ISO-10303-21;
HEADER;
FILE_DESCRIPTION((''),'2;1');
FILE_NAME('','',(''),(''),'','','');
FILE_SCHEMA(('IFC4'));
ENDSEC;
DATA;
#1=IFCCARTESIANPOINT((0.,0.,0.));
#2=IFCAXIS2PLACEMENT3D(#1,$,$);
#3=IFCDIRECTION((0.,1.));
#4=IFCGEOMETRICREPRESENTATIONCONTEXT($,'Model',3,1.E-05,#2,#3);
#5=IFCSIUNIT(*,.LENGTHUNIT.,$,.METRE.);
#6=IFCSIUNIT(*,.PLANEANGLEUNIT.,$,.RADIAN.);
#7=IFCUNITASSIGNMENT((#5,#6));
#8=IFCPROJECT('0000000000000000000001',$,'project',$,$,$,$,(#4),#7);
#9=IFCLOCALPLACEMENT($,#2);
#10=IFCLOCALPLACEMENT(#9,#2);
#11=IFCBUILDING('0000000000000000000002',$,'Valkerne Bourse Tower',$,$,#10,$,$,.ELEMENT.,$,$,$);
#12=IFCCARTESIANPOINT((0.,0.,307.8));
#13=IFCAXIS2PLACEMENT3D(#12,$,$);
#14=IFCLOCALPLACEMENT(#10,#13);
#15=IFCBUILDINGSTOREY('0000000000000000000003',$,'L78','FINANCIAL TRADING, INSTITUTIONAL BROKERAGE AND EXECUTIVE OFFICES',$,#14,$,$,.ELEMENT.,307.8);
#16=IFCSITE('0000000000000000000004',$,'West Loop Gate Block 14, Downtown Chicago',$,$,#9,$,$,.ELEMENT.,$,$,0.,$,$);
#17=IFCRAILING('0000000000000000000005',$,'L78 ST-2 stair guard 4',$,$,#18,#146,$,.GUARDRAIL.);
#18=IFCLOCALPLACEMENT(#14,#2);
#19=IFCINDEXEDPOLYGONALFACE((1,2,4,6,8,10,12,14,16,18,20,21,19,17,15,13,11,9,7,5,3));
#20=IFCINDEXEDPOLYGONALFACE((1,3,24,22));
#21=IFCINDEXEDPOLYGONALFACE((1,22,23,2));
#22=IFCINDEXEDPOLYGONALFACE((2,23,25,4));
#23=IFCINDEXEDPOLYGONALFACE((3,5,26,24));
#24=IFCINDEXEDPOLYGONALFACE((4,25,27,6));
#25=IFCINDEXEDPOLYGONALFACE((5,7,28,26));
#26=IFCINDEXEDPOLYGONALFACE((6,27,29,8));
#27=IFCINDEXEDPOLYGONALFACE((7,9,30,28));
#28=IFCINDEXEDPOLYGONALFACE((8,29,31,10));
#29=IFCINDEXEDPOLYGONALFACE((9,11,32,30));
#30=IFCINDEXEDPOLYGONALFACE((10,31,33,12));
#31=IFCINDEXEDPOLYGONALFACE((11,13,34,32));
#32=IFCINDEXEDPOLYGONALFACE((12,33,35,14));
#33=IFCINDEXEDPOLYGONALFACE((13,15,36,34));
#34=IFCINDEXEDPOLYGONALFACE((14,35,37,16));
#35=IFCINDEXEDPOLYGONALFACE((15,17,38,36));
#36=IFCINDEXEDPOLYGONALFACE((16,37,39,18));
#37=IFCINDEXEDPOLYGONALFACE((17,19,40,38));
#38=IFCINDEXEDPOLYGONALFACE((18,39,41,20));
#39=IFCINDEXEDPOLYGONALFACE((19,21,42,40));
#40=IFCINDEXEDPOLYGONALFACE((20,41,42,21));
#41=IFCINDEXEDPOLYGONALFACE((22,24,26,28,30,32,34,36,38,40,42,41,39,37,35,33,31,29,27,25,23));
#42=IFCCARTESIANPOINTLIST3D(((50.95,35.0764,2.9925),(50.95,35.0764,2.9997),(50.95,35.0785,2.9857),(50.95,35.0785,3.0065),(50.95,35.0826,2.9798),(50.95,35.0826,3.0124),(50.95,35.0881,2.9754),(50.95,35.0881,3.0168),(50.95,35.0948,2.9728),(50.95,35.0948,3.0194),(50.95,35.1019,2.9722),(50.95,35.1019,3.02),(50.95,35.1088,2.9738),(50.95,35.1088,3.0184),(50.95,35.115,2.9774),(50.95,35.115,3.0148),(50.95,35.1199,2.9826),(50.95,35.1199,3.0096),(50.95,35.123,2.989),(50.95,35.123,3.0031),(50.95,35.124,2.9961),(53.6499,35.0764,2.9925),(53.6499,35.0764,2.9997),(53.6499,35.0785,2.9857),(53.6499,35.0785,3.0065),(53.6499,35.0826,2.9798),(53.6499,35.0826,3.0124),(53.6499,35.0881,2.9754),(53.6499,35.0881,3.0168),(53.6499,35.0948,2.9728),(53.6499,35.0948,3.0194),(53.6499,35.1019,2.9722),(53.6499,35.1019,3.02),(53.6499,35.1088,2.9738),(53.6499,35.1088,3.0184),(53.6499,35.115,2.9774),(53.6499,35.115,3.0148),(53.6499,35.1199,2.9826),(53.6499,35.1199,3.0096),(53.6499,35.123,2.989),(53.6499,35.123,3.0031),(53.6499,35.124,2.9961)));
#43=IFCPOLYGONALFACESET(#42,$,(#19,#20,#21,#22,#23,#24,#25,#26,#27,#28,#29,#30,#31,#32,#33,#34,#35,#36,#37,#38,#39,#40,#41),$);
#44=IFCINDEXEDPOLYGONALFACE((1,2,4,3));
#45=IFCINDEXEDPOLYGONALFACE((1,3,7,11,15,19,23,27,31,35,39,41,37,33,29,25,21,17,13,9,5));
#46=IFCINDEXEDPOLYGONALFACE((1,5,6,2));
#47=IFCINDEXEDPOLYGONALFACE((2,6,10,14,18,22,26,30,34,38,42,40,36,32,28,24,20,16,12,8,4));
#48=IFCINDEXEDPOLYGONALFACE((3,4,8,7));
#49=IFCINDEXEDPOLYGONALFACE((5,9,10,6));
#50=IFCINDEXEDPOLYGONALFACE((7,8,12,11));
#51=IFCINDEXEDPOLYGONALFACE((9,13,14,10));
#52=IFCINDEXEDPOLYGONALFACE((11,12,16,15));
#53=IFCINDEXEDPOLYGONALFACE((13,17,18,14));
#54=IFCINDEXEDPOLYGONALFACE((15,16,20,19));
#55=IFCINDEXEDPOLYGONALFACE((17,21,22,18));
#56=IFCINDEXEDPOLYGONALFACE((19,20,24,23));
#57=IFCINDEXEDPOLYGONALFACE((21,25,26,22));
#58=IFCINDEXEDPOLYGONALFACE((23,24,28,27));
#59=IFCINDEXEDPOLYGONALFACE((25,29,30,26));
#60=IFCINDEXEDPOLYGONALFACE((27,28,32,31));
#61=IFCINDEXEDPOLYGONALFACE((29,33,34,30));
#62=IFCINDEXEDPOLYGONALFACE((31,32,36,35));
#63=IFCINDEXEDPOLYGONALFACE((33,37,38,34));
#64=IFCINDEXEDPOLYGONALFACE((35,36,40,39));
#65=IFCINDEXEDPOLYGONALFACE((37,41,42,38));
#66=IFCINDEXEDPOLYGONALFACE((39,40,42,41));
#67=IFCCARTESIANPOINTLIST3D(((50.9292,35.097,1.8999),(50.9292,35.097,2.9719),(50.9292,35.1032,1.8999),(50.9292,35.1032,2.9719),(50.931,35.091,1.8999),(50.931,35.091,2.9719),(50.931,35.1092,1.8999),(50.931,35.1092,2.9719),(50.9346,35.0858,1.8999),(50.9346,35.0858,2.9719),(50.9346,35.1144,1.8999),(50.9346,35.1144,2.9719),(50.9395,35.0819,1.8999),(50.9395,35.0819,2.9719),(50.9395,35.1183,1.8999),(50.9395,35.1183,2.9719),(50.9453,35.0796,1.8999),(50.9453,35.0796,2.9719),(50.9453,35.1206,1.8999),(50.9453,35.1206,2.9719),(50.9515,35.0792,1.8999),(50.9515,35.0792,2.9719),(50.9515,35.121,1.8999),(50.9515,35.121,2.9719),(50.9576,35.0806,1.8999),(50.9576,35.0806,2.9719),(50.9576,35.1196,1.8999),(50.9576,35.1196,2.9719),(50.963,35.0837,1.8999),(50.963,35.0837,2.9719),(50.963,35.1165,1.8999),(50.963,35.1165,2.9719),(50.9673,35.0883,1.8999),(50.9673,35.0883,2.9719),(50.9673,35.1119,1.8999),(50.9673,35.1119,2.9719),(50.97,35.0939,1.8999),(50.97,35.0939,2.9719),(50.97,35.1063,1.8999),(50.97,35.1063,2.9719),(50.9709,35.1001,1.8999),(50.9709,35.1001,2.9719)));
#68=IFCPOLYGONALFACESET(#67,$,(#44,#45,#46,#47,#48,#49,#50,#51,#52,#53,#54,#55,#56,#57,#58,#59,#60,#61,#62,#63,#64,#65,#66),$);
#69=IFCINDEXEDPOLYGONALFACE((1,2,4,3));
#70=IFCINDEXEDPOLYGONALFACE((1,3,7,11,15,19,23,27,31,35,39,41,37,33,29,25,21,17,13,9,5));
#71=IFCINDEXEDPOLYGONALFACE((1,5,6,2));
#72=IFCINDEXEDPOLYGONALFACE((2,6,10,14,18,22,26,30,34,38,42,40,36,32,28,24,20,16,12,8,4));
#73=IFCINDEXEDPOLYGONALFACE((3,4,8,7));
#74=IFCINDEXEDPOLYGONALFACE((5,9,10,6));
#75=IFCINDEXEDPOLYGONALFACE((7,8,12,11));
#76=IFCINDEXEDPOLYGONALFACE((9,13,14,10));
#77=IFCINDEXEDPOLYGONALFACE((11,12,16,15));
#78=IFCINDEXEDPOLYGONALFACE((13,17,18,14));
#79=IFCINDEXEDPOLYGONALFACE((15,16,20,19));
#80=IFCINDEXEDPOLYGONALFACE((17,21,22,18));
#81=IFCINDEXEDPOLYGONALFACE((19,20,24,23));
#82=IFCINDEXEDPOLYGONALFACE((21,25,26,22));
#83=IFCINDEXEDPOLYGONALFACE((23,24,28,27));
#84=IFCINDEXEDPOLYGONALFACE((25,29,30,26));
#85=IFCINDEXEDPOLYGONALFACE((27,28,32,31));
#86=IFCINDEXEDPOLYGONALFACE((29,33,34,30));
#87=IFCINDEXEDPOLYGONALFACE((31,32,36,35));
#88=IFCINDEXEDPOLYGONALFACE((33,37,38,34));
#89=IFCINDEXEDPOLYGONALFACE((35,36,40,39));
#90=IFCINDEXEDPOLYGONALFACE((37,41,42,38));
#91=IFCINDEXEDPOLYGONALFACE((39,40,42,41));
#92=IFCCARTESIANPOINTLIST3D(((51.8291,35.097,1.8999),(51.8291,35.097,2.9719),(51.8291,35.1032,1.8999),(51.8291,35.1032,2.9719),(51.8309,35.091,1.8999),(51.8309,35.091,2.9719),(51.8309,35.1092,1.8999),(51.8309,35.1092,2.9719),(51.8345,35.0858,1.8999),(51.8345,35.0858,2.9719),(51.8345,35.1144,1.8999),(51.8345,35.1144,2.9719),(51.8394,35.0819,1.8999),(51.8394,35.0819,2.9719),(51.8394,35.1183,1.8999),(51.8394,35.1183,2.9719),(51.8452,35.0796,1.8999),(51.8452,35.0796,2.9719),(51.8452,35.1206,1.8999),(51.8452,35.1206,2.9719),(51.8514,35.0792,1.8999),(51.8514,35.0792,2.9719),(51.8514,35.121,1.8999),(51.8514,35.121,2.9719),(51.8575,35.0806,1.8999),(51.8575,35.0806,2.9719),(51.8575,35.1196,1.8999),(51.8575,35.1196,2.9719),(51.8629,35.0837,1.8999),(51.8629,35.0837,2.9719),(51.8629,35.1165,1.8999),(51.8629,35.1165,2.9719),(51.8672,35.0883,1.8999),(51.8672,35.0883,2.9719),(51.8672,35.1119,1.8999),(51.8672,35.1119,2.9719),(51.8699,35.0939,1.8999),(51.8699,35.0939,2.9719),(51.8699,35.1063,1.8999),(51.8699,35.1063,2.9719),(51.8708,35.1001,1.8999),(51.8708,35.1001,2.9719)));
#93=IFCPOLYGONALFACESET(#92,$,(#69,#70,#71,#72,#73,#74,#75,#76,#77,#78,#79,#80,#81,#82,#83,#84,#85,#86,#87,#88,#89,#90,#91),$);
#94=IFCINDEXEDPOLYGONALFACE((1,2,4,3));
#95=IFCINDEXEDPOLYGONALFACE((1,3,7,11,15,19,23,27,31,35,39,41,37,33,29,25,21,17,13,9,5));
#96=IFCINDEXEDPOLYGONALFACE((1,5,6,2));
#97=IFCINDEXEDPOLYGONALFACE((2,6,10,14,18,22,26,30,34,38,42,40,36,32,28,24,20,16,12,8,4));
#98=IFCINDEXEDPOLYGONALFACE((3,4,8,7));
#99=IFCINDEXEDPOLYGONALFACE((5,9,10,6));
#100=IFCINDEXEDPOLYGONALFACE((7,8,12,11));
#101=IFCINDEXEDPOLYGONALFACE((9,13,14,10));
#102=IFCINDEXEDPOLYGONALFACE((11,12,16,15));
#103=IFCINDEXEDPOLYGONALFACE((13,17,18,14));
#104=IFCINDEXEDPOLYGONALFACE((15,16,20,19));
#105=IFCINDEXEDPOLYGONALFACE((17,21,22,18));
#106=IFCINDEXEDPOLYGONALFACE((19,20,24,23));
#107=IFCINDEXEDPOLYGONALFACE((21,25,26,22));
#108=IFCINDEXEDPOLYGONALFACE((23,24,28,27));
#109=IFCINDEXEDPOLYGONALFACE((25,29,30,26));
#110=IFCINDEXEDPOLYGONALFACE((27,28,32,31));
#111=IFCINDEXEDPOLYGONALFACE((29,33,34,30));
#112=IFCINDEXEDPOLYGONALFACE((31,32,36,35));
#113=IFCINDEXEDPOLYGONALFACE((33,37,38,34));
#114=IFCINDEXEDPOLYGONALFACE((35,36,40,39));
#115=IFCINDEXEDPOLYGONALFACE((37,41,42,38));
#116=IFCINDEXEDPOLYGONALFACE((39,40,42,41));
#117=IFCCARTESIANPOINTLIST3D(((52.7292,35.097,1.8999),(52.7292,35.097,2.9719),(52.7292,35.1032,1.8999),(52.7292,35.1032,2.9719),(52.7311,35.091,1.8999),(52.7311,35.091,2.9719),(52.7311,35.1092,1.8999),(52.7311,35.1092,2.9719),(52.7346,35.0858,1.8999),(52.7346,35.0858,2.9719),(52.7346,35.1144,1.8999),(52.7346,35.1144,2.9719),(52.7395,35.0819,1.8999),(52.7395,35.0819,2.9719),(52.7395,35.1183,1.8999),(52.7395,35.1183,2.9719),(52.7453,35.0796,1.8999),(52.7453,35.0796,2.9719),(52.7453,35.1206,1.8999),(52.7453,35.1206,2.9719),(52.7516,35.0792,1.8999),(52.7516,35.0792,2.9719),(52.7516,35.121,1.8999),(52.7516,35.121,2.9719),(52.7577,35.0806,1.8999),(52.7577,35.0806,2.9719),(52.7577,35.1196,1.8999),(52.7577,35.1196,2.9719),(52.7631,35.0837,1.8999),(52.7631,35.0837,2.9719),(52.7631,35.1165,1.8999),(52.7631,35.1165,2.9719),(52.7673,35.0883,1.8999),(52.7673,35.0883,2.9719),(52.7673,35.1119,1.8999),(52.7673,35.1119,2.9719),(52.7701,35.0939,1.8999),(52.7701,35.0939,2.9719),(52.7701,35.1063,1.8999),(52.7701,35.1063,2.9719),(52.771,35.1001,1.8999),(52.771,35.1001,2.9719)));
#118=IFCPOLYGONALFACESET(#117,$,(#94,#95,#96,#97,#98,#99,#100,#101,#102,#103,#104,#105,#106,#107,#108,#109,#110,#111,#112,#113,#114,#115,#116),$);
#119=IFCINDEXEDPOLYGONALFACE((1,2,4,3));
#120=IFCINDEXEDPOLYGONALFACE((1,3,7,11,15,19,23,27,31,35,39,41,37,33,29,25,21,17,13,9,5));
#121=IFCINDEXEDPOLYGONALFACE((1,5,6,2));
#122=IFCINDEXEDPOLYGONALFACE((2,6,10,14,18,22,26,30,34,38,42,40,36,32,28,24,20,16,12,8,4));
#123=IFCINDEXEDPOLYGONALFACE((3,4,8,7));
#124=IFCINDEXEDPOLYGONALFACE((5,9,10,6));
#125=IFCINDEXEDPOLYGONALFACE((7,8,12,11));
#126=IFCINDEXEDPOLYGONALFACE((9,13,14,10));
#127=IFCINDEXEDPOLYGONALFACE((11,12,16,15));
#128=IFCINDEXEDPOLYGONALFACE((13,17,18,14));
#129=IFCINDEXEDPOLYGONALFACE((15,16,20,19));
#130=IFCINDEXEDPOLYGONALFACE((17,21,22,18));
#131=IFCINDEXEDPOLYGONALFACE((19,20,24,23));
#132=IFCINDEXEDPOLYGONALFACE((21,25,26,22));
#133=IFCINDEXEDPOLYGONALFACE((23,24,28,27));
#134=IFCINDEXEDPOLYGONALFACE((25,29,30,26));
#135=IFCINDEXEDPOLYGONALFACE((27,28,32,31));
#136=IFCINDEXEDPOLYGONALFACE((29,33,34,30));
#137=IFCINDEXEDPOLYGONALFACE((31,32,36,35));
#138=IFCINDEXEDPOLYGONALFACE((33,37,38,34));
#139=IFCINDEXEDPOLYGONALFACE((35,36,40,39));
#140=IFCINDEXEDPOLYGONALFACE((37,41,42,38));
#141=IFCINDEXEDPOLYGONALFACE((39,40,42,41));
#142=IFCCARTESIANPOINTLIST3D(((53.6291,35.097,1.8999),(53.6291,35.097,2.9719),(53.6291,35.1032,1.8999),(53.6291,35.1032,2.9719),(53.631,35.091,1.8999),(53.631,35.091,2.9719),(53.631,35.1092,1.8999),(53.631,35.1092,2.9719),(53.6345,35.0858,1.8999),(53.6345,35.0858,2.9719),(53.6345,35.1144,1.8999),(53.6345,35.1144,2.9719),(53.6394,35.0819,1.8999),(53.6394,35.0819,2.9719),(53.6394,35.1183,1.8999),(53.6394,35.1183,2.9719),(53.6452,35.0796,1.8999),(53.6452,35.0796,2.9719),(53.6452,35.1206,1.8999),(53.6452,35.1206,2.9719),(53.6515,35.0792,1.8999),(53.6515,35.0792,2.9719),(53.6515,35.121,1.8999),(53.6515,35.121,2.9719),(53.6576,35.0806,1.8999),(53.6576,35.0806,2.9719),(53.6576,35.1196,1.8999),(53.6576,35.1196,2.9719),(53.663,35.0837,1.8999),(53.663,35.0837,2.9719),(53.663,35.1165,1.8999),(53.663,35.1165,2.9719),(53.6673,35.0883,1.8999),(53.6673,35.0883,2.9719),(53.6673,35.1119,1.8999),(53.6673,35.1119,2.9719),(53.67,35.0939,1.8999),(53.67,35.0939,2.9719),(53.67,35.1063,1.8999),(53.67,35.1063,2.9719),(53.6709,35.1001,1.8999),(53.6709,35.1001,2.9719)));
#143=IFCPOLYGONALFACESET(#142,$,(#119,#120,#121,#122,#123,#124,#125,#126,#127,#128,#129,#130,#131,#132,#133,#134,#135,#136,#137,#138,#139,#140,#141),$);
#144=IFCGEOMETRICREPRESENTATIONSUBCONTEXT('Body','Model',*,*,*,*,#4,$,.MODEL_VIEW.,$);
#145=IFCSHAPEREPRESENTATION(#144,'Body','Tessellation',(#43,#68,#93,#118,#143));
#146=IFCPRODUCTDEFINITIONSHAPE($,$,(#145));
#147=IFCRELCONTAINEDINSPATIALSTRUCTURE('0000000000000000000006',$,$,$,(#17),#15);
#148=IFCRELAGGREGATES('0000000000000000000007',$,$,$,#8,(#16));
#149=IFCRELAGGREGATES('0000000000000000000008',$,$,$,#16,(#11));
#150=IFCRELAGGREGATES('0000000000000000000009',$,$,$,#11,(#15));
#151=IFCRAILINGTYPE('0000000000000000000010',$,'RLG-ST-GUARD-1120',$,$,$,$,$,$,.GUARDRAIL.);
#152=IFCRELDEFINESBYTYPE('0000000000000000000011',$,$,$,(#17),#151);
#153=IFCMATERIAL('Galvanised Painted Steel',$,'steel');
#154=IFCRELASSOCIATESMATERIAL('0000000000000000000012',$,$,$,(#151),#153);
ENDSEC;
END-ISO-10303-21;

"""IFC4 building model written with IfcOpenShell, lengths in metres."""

from ifc_helpers import new_model, si_unit, direction, frame, origin, origin_2d, place, context, subcontext, project, spatial, circle, extrude, material, type_object, element, save


model = new_model("IFC4")

# Units and contexts
model_context = context("Model", 3, precision=1e-05, world=origin(), true_north=direction((0.0, 1.0)))
body_context = subcontext(model_context, "Body", "Model", "MODEL_VIEW")
ifc_project = project(units=[si_unit("LENGTHUNIT", "METRE"), si_unit("PLANEANGLEUNIT", "RADIAN")], contexts=[model_context])

# Site, building, storey
site_placement = place(None, origin())
site = spatial("IfcSite", under=ifc_project, at=site_placement, Name="West Loop Gate Block 14, Downtown Chicago", CompositionType="ELEMENT", RefElevation=0.0)
building_placement = place(site_placement, origin())
building = spatial("IfcBuilding", under=site, at=building_placement, Name="Valkerne Bourse Tower", CompositionType="ELEMENT")
storey_placement = place(building_placement, frame((0.0, 0.0, 307.8)))
storey = spatial("IfcBuildingStorey", under=building, at=storey_placement, Name="L78", Description="FINANCIAL TRADING, INSTITUTIONAL BROKERAGE AND EXECUTIVE OFFICES", CompositionType="ELEMENT", Elevation=307.8)

# Shared definitions
ifc_material_1 = material(Name="Galvanised Painted Steel", Category="steel")

# Railing
railing_type_1 = type_object("IfcRailingType", Name="RLG-ST-GUARD-1120", PredefinedType="GUARDRAIL", material=ifc_material_1)
for number, where, name in (
    (1, (50.95, 35.1001, 1.8999), "L78 ST-2 stair guard 4"),
):
    element("IfcRailing", number, at=place(storey_placement, frame(where)), inside=storey, type_object=railing_type_1, Name=name, PredefinedType="GUARDRAIL", context=body_context, shape_type="SweptSolid", body=[
        extrude(circle(Radius=0.0239, at=origin_2d()), frame((0.0, 0.0, 1.0962), z_axis=(1.0, 0.0, 0.0), x_axis=(0.0, 1.0, 0.0)), (0.0, 0.0, 1.0), 2.7),
        extrude(circle(Radius=0.021, at=origin_2d()), origin(), (0.0, 0.0, 1.0), 1.072),
        extrude(circle(Radius=0.021, at=origin_2d()), frame((0.8999, 0.0, 0.0)), (0.0, 0.0, 1.0), 1.072),
        extrude(circle(Radius=0.021, at=origin_2d()), frame((1.8, 0.0, 0.0)), (0.0, 0.0, 1.0), 1.072),
        extrude(circle(Radius=0.021, at=origin_2d()), frame((2.7, 0.0, 0.0)), (0.0, 0.0, 1.0), 1.072),
    ])

save(model, "model.ifc")
